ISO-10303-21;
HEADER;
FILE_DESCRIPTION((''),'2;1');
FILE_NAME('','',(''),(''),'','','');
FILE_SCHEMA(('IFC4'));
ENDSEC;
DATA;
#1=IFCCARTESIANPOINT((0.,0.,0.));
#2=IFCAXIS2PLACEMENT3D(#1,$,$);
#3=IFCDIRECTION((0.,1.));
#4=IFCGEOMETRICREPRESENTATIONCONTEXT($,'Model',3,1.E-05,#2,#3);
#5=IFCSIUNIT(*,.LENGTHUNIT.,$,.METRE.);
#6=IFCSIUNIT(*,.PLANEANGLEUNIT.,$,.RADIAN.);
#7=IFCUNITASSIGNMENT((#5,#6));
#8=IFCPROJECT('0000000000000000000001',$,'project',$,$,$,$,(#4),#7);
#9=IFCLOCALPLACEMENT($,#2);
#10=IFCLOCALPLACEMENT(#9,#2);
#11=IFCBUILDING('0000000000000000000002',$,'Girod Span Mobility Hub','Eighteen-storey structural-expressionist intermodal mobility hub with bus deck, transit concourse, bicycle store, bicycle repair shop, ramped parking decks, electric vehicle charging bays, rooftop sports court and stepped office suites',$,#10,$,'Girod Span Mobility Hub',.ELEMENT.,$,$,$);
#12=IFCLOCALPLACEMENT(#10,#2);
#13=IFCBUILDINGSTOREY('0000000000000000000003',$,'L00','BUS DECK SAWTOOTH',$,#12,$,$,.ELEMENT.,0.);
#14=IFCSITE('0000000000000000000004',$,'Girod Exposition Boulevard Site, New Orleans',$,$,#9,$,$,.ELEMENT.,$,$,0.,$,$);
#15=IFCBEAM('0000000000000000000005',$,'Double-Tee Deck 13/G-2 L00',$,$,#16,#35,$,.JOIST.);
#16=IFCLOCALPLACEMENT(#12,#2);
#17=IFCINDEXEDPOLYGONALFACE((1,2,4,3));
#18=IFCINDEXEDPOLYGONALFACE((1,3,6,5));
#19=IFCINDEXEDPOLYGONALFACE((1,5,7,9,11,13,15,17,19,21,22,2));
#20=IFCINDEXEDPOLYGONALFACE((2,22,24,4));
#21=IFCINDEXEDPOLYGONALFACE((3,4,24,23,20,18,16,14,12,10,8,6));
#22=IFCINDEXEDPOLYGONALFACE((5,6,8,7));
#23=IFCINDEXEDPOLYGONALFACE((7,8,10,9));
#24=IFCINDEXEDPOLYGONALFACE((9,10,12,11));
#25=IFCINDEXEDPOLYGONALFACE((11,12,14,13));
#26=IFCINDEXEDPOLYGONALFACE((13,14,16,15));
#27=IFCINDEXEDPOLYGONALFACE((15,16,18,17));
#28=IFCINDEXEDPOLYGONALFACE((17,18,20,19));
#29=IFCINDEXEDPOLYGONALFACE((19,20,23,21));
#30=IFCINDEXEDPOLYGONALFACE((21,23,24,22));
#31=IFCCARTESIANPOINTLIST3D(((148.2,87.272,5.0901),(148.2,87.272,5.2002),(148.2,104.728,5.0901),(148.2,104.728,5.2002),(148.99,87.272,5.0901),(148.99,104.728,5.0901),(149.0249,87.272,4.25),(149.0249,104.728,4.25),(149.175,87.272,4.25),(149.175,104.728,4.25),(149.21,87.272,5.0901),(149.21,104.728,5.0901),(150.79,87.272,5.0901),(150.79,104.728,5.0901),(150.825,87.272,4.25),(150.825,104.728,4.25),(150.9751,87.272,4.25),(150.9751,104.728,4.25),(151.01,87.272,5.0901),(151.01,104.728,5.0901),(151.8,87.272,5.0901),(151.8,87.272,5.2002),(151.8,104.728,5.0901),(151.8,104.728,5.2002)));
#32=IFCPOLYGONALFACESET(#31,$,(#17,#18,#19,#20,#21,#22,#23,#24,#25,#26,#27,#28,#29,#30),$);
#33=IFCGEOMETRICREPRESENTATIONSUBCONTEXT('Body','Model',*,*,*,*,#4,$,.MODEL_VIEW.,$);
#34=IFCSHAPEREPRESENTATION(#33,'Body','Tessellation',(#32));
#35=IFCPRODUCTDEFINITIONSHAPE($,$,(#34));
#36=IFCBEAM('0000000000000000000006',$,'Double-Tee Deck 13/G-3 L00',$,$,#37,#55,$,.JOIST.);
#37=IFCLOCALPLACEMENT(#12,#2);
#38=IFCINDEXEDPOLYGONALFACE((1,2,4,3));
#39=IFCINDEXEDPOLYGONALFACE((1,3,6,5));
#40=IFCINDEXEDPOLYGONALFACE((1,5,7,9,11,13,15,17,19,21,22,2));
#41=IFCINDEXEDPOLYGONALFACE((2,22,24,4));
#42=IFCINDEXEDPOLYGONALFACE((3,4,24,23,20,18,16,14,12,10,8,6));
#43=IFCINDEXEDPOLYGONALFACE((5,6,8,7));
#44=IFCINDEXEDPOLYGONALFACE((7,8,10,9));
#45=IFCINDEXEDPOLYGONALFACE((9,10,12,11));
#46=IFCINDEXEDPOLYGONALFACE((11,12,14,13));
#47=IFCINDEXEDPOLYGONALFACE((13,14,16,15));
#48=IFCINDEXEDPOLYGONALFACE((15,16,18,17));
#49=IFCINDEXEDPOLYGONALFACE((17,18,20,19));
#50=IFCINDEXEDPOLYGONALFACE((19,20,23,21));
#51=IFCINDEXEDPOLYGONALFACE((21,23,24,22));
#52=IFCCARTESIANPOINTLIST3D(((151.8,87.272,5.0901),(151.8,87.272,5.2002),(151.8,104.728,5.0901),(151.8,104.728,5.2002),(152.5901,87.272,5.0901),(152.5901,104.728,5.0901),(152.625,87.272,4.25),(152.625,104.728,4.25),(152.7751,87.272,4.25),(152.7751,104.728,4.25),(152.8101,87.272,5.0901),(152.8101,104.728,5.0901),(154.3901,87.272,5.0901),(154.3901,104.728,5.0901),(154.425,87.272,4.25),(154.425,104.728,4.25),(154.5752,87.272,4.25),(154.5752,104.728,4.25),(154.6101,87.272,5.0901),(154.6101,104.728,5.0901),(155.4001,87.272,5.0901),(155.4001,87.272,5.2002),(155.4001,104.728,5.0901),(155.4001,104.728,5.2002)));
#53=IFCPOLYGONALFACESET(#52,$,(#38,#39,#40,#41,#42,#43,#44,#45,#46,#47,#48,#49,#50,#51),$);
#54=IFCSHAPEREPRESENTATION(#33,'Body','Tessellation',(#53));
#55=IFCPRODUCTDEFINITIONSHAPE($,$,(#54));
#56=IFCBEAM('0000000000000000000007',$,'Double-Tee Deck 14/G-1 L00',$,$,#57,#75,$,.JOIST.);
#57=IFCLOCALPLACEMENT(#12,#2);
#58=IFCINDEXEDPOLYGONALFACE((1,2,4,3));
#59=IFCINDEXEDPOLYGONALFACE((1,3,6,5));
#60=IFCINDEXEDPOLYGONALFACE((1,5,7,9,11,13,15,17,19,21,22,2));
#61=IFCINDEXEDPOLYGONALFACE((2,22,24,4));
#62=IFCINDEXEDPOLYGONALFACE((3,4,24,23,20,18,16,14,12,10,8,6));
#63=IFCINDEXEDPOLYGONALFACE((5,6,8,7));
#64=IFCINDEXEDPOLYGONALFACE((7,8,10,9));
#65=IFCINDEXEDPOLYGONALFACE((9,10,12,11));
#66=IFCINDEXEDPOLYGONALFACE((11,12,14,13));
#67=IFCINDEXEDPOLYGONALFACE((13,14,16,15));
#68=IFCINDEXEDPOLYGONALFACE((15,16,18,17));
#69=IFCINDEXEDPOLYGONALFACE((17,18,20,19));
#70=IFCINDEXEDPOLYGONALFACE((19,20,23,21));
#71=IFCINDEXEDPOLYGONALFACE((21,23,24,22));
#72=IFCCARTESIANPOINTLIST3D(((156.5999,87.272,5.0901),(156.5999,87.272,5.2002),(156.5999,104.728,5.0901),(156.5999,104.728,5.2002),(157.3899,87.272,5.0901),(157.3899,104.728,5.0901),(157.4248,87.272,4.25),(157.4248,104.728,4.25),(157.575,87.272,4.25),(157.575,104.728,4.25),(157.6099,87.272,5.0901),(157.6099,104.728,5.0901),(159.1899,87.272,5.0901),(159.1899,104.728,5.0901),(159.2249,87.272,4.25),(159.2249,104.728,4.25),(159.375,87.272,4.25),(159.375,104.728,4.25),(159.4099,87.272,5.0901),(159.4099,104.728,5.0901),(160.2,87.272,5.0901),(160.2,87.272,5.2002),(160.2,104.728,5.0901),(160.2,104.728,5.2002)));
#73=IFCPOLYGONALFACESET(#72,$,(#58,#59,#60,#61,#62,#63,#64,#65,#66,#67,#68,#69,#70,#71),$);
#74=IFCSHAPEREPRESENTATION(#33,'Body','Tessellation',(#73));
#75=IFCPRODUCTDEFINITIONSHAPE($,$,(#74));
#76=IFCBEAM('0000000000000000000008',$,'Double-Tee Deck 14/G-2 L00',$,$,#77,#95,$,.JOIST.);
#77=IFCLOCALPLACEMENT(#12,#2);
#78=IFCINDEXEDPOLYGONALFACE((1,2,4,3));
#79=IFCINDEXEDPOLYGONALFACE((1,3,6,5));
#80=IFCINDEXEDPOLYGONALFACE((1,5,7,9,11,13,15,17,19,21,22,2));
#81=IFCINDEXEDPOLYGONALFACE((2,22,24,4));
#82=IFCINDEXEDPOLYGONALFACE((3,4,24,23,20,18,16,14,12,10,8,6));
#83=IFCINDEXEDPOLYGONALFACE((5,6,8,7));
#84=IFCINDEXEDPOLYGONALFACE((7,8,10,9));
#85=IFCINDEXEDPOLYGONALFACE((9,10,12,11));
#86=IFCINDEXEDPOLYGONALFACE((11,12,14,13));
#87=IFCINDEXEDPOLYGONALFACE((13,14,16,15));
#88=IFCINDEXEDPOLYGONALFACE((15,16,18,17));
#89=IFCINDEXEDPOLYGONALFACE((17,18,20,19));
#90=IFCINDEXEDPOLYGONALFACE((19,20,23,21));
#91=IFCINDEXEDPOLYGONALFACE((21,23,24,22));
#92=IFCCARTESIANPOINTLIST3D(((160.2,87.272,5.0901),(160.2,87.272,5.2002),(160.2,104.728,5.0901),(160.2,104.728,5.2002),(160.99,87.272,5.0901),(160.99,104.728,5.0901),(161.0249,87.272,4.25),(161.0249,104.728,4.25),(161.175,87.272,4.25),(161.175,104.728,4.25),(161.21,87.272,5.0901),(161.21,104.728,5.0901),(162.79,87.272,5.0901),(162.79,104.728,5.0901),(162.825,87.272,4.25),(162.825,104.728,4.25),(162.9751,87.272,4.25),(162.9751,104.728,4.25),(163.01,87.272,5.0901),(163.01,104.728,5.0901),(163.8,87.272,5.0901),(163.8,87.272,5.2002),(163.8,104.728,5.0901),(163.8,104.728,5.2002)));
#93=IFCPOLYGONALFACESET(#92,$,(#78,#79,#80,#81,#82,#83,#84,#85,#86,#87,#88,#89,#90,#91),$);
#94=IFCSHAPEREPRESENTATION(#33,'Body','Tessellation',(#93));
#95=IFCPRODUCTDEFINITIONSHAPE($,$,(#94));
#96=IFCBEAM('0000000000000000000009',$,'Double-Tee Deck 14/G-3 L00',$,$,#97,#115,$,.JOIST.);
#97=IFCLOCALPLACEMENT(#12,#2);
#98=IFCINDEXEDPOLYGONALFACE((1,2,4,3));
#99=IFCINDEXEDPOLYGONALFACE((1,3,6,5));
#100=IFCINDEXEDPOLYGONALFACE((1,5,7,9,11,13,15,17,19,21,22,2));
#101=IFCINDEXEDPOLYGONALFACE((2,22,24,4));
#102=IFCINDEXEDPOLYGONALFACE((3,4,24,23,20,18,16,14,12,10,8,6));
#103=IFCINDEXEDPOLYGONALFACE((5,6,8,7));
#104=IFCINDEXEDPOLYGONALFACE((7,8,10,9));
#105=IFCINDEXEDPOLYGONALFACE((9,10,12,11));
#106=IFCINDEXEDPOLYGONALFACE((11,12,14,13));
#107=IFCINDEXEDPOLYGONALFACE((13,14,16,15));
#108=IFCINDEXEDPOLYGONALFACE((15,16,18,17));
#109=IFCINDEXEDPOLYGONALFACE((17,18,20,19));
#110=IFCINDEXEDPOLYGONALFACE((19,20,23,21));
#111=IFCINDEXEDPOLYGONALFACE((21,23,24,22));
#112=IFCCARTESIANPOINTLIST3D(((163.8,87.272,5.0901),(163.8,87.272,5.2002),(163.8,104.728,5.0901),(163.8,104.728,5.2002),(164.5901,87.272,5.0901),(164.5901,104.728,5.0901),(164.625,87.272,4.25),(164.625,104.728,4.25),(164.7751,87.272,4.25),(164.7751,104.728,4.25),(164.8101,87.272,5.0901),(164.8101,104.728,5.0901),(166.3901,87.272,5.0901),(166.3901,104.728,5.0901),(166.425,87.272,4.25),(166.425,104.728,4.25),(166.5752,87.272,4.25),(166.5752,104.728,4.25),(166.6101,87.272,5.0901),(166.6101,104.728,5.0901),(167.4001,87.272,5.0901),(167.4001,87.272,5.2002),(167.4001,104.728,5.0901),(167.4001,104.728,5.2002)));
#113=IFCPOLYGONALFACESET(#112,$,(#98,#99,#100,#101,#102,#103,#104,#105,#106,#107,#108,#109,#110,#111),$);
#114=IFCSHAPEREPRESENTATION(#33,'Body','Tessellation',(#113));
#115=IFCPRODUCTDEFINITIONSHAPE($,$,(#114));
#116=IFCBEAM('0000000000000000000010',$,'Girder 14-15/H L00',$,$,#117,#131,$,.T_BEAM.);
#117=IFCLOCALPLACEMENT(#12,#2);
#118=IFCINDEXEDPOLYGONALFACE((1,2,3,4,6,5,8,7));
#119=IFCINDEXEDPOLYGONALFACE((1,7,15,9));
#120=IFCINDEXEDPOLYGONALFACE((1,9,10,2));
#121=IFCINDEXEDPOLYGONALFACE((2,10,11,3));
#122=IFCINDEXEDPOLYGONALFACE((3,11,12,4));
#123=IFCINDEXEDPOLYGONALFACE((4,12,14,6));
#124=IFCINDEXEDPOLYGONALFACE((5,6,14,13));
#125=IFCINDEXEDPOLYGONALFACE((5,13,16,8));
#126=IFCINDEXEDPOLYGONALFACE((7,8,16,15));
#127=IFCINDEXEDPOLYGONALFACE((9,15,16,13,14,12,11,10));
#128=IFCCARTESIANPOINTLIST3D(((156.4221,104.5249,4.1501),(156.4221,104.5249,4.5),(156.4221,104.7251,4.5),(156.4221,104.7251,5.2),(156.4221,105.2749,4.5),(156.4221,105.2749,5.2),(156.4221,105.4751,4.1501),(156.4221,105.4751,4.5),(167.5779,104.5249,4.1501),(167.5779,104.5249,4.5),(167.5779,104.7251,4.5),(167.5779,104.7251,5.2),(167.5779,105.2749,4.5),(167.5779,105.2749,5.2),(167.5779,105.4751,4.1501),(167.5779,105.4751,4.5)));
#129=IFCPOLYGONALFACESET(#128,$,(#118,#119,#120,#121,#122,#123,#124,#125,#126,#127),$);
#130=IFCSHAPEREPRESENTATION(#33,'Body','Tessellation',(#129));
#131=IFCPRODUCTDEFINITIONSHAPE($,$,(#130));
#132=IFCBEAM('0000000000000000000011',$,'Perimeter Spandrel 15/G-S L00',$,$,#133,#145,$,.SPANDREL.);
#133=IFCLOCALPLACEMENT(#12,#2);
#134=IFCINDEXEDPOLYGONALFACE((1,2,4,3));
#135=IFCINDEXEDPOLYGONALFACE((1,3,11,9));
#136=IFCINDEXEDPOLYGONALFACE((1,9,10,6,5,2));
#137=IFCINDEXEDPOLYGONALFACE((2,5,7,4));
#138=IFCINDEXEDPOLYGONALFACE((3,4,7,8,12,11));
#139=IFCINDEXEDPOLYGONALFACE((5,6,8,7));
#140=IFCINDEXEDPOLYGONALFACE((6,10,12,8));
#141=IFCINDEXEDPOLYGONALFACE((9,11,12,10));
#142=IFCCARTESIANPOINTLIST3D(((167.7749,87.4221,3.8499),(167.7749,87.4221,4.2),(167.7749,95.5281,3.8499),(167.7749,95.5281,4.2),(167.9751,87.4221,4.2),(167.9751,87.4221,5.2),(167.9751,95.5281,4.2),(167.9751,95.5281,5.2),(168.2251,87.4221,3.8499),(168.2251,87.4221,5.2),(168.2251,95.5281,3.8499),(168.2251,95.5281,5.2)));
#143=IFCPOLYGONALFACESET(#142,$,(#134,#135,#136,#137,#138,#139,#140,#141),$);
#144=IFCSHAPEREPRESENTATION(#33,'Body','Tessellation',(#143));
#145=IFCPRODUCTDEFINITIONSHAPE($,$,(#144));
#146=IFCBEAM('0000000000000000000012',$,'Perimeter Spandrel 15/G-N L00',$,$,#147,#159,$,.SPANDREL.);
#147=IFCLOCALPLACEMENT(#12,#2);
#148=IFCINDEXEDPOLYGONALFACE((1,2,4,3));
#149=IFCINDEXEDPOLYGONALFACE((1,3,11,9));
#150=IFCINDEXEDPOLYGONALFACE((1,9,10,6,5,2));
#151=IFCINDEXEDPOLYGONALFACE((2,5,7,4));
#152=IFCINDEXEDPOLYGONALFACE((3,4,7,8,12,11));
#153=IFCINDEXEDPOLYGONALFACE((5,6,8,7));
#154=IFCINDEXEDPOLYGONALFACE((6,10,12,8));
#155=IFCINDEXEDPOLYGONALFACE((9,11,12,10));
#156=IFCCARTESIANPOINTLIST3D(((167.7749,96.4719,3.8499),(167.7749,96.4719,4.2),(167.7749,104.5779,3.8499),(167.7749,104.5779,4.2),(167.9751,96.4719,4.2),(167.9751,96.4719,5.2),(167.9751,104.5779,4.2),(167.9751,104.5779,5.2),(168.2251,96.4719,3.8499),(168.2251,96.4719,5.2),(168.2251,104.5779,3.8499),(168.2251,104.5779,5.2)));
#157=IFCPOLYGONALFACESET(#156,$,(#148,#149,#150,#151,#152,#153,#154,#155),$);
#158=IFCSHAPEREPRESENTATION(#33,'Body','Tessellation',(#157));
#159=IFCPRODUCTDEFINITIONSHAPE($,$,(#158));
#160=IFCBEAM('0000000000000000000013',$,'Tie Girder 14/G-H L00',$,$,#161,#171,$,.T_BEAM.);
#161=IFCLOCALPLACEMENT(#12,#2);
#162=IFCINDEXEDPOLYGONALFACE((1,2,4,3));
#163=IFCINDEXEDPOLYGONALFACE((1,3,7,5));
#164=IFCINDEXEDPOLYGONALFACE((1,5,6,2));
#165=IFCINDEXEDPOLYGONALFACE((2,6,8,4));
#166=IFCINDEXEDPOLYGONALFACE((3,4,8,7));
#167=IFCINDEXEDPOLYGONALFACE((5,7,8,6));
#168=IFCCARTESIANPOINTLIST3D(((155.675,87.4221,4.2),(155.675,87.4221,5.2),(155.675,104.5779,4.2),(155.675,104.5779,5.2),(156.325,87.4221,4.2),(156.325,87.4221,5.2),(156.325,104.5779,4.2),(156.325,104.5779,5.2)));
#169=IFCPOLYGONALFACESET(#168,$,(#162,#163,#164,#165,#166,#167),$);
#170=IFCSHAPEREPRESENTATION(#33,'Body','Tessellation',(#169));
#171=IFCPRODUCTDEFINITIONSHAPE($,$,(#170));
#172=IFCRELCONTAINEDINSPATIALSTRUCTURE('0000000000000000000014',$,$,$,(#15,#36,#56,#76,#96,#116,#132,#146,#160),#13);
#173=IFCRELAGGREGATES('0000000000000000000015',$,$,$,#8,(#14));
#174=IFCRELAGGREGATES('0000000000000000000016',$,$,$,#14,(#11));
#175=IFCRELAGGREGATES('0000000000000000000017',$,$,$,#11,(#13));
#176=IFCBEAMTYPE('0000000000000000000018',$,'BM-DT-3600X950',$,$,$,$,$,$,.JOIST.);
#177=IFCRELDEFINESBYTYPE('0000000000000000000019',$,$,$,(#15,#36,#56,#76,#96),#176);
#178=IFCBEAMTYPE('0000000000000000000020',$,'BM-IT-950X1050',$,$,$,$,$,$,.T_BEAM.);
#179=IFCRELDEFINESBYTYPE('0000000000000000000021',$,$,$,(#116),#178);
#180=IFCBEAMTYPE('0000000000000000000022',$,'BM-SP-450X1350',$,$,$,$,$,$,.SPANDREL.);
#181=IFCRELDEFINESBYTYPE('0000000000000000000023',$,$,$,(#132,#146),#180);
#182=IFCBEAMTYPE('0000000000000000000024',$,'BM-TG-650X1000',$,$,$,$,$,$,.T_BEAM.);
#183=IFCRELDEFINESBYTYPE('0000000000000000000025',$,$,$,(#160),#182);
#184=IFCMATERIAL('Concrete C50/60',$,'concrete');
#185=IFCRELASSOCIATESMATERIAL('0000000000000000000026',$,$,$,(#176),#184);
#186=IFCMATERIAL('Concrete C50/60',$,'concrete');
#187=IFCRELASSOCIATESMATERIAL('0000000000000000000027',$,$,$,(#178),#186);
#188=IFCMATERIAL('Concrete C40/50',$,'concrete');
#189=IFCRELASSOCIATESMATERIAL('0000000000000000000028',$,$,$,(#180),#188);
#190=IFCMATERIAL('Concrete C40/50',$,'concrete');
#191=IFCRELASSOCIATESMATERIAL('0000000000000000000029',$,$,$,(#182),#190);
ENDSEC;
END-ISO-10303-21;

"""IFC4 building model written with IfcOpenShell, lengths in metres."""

from ifc_helpers import new_model, si_unit, direction, frame, origin, origin_2d, place, context, subcontext, project, spatial, polyline, rectangle, outline, extrude, material, material_profile, profile_set, type_object, element, save


model = new_model("IFC4")

# Units and contexts
model_context = context("Model", 3, precision=1e-05, world=origin(), true_north=direction((0.0, 1.0)))
body_context = subcontext(model_context, "Body", "Model", "MODEL_VIEW")
ifc_project = project(units=[si_unit("LENGTHUNIT", "METRE"), si_unit("PLANEANGLEUNIT", "RADIAN")], contexts=[model_context])

# Site, building, storey
site_placement = place(None, origin())
site = spatial("IfcSite", under=ifc_project, at=site_placement, Name="Girod Exposition Boulevard Site, New Orleans", CompositionType="ELEMENT", RefElevation=0.0)
building_placement = place(site_placement, origin())
building = spatial("IfcBuilding", under=site, at=building_placement, Name="Girod Span Mobility Hub", Description="Eighteen-storey structural-expressionist intermodal mobility hub with bus deck, transit concourse, bicycle store, bicycle repair shop, ramped parking decks, electric vehicle charging bays, rooftop sports court and stepped office suites", LongName="Girod Span Mobility Hub", CompositionType="ELEMENT")
storey_placement = place(building_placement, origin())
storey = spatial("IfcBuildingStorey", under=building, at=storey_placement, Name="L00", Description="BUS DECK SAWTOOTH", CompositionType="ELEMENT", Elevation=0.0)

# Beams
ifc_material_1 = material(Name="Concrete C50/60", Category="concrete")
ifc_material_profile_1 = material_profile(ifc_material_1, outline(polyline([(-1.8, 0.4751), (-1.8, 0.365), (-1.01, 0.365), (-0.9751, -0.4751), (-0.825, -0.4751), (-0.79, 0.365), (0.79, 0.365), (0.825, -0.4751), (0.9751, -0.4751), (1.01, 0.365), (1.8, 0.365), (1.8, 0.4751), (-1.8, 0.4751)])), Name="DT-3600X950")
ifc_profile_set_1 = profile_set([ifc_material_profile_1], Name="Concrete C50/60")
beam_type_1 = type_object("IfcBeamType", Name="BM-DT-3600X950", PredefinedType="JOIST", material=ifc_profile_set_1)
for number, where, z_axis, x_axis, name in (
    (1, (150.0, 87.272, 4.7251), (0.0, 1.0, 0.0), (-1.0, 0.0, 0.0), "Double-Tee Deck 13/G-2 L00"),
    (2, (153.6001, 87.272, 4.7251), (0.0, 1.0, 0.0), (-1.0, 0.0, 0.0), "Double-Tee Deck 13/G-3 L00"),
    (3, (158.3999, 87.272, 4.7251), (0.0, 1.0, 0.0), (-1.0, 0.0, 0.0), "Double-Tee Deck 14/G-1 L00"),
    (4, (162.0, 87.272, 4.7251), (0.0, 1.0, 0.0), (-1.0, 0.0, 0.0), "Double-Tee Deck 14/G-2 L00"),
    (5, (165.6001, 87.272, 4.7251), (0.0, 1.0, 0.0), (-1.0, 0.0, 0.0), "Double-Tee Deck 14/G-3 L00"),
):
    element("IfcBeam", number, at=place(storey_placement, frame(where, z_axis=z_axis, x_axis=x_axis)), inside=storey, type_object=beam_type_1, Name=name, PredefinedType="JOIST", context=body_context, shape_type="SweptSolid", body=[
        extrude(outline(polyline([(-1.8, 0.4751), (-1.8, 0.365), (-1.01, 0.365), (-0.9751, -0.4751), (-0.825, -0.4751), (-0.79, 0.365), (0.79, 0.365), (0.825, -0.4751), (0.9751, -0.4751), (1.01, 0.365), (1.8, 0.365), (1.8, 0.4751), (-1.8, 0.4751)])), origin(), (0.0, 0.0, 1.0), 17.4561),
    ])
ifc_material_2 = material(Name="Concrete C50/60", Category="concrete")
ifc_material_profile_2 = material_profile(ifc_material_2, outline(polyline([(-0.4751, -0.5249), (0.4751, -0.5249), (0.4751, -0.175), (0.2749, -0.175), (0.2749, 0.5249), (-0.2749, 0.5249), (-0.2749, -0.175), (-0.4751, -0.175), (-0.4751, -0.5249)])), Name="IT-950X1050")
ifc_profile_set_2 = profile_set([ifc_material_profile_2], Name="Concrete C50/60")
beam_type_2 = type_object("IfcBeamType", Name="BM-IT-950X1050", PredefinedType="T_BEAM", material=ifc_profile_set_2)
beam_1_placement = place(storey_placement, frame((156.4221, 105.0, 4.675), z_axis=(1.0, 0.0, 0.0), x_axis=(0.0, 1.0, 0.0)))
element("IfcBeam", 6, at=beam_1_placement, inside=storey, type_object=beam_type_2, Name="Girder 14-15/H L00", PredefinedType="T_BEAM", context=body_context, shape_type="SweptSolid", body=[
    extrude(outline(polyline([(-0.4751, -0.5249), (0.4751, -0.5249), (0.4751, -0.175), (0.2749, -0.175), (0.2749, 0.5249), (-0.2749, 0.5249), (-0.2749, -0.175), (-0.4751, -0.175), (-0.4751, -0.5249)])), origin(), (0.0, 0.0, 1.0), 11.1558),
])
ifc_material_3 = material(Name="Concrete C40/50", Category="concrete")
ifc_material_profile_3 = material_profile(ifc_material_3, outline(polyline([(-0.2251, -0.675), (0.2251, -0.675), (0.2251, -0.325), (0.0249, -0.325), (0.0249, 0.675), (-0.2251, 0.675), (-0.2251, -0.675)])), Name="SP-450X1350")
ifc_profile_set_3 = profile_set([ifc_material_profile_3], Name="Concrete C40/50")
beam_type_3 = type_object("IfcBeamType", Name="BM-SP-450X1350", PredefinedType="SPANDREL", material=ifc_profile_set_3)
for number, where, z_axis, x_axis, name in (
    (7, (168.0, 87.4221, 4.5249), (0.0, 1.0, 0.0), (-1.0, 0.0, 0.0), "Perimeter Spandrel 15/G-S L00"),
    (8, (168.0, 96.4719, 4.5249), (0.0, 1.0, 0.0), (-1.0, 0.0, 0.0), "Perimeter Spandrel 15/G-N L00"),
):
    element("IfcBeam", number, at=place(storey_placement, frame(where, z_axis=z_axis, x_axis=x_axis)), inside=storey, type_object=beam_type_3, Name=name, PredefinedType="SPANDREL", context=body_context, shape_type="SweptSolid", body=[
        extrude(outline(polyline([(-0.2251, -0.675), (0.2251, -0.675), (0.2251, -0.325), (0.0249, -0.325), (0.0249, 0.675), (-0.2251, 0.675), (-0.2251, -0.675)])), origin(), (0.0, 0.0, 1.0), 8.106),
    ])
ifc_material_4 = material(Name="Concrete C40/50", Category="concrete")
ifc_material_profile_4 = material_profile(ifc_material_4, rectangle(XDim=0.6499, YDim=1.0, at=origin_2d()), Name="TG-650X1000")
ifc_profile_set_4 = profile_set([ifc_material_profile_4], Name="Concrete C40/50")
beam_type_4 = type_object("IfcBeamType", Name="BM-TG-650X1000", PredefinedType="T_BEAM", material=ifc_profile_set_4)
beam_2_placement = place(storey_placement, frame((156.0, 87.4221, 4.7), z_axis=(0.0, 1.0, 0.0), x_axis=(-1.0, 0.0, 0.0)))
element("IfcBeam", 9, at=beam_2_placement, inside=storey, type_object=beam_type_4, Name="Tie Girder 14/G-H L00", PredefinedType="T_BEAM", context=body_context, shape_type="SweptSolid", body=[
    extrude(rectangle(XDim=0.6499, YDim=1.0, at=origin_2d()), origin(), (0.0, 0.0, 1.0), 17.1558),
])

save(model, "model.ifc")
